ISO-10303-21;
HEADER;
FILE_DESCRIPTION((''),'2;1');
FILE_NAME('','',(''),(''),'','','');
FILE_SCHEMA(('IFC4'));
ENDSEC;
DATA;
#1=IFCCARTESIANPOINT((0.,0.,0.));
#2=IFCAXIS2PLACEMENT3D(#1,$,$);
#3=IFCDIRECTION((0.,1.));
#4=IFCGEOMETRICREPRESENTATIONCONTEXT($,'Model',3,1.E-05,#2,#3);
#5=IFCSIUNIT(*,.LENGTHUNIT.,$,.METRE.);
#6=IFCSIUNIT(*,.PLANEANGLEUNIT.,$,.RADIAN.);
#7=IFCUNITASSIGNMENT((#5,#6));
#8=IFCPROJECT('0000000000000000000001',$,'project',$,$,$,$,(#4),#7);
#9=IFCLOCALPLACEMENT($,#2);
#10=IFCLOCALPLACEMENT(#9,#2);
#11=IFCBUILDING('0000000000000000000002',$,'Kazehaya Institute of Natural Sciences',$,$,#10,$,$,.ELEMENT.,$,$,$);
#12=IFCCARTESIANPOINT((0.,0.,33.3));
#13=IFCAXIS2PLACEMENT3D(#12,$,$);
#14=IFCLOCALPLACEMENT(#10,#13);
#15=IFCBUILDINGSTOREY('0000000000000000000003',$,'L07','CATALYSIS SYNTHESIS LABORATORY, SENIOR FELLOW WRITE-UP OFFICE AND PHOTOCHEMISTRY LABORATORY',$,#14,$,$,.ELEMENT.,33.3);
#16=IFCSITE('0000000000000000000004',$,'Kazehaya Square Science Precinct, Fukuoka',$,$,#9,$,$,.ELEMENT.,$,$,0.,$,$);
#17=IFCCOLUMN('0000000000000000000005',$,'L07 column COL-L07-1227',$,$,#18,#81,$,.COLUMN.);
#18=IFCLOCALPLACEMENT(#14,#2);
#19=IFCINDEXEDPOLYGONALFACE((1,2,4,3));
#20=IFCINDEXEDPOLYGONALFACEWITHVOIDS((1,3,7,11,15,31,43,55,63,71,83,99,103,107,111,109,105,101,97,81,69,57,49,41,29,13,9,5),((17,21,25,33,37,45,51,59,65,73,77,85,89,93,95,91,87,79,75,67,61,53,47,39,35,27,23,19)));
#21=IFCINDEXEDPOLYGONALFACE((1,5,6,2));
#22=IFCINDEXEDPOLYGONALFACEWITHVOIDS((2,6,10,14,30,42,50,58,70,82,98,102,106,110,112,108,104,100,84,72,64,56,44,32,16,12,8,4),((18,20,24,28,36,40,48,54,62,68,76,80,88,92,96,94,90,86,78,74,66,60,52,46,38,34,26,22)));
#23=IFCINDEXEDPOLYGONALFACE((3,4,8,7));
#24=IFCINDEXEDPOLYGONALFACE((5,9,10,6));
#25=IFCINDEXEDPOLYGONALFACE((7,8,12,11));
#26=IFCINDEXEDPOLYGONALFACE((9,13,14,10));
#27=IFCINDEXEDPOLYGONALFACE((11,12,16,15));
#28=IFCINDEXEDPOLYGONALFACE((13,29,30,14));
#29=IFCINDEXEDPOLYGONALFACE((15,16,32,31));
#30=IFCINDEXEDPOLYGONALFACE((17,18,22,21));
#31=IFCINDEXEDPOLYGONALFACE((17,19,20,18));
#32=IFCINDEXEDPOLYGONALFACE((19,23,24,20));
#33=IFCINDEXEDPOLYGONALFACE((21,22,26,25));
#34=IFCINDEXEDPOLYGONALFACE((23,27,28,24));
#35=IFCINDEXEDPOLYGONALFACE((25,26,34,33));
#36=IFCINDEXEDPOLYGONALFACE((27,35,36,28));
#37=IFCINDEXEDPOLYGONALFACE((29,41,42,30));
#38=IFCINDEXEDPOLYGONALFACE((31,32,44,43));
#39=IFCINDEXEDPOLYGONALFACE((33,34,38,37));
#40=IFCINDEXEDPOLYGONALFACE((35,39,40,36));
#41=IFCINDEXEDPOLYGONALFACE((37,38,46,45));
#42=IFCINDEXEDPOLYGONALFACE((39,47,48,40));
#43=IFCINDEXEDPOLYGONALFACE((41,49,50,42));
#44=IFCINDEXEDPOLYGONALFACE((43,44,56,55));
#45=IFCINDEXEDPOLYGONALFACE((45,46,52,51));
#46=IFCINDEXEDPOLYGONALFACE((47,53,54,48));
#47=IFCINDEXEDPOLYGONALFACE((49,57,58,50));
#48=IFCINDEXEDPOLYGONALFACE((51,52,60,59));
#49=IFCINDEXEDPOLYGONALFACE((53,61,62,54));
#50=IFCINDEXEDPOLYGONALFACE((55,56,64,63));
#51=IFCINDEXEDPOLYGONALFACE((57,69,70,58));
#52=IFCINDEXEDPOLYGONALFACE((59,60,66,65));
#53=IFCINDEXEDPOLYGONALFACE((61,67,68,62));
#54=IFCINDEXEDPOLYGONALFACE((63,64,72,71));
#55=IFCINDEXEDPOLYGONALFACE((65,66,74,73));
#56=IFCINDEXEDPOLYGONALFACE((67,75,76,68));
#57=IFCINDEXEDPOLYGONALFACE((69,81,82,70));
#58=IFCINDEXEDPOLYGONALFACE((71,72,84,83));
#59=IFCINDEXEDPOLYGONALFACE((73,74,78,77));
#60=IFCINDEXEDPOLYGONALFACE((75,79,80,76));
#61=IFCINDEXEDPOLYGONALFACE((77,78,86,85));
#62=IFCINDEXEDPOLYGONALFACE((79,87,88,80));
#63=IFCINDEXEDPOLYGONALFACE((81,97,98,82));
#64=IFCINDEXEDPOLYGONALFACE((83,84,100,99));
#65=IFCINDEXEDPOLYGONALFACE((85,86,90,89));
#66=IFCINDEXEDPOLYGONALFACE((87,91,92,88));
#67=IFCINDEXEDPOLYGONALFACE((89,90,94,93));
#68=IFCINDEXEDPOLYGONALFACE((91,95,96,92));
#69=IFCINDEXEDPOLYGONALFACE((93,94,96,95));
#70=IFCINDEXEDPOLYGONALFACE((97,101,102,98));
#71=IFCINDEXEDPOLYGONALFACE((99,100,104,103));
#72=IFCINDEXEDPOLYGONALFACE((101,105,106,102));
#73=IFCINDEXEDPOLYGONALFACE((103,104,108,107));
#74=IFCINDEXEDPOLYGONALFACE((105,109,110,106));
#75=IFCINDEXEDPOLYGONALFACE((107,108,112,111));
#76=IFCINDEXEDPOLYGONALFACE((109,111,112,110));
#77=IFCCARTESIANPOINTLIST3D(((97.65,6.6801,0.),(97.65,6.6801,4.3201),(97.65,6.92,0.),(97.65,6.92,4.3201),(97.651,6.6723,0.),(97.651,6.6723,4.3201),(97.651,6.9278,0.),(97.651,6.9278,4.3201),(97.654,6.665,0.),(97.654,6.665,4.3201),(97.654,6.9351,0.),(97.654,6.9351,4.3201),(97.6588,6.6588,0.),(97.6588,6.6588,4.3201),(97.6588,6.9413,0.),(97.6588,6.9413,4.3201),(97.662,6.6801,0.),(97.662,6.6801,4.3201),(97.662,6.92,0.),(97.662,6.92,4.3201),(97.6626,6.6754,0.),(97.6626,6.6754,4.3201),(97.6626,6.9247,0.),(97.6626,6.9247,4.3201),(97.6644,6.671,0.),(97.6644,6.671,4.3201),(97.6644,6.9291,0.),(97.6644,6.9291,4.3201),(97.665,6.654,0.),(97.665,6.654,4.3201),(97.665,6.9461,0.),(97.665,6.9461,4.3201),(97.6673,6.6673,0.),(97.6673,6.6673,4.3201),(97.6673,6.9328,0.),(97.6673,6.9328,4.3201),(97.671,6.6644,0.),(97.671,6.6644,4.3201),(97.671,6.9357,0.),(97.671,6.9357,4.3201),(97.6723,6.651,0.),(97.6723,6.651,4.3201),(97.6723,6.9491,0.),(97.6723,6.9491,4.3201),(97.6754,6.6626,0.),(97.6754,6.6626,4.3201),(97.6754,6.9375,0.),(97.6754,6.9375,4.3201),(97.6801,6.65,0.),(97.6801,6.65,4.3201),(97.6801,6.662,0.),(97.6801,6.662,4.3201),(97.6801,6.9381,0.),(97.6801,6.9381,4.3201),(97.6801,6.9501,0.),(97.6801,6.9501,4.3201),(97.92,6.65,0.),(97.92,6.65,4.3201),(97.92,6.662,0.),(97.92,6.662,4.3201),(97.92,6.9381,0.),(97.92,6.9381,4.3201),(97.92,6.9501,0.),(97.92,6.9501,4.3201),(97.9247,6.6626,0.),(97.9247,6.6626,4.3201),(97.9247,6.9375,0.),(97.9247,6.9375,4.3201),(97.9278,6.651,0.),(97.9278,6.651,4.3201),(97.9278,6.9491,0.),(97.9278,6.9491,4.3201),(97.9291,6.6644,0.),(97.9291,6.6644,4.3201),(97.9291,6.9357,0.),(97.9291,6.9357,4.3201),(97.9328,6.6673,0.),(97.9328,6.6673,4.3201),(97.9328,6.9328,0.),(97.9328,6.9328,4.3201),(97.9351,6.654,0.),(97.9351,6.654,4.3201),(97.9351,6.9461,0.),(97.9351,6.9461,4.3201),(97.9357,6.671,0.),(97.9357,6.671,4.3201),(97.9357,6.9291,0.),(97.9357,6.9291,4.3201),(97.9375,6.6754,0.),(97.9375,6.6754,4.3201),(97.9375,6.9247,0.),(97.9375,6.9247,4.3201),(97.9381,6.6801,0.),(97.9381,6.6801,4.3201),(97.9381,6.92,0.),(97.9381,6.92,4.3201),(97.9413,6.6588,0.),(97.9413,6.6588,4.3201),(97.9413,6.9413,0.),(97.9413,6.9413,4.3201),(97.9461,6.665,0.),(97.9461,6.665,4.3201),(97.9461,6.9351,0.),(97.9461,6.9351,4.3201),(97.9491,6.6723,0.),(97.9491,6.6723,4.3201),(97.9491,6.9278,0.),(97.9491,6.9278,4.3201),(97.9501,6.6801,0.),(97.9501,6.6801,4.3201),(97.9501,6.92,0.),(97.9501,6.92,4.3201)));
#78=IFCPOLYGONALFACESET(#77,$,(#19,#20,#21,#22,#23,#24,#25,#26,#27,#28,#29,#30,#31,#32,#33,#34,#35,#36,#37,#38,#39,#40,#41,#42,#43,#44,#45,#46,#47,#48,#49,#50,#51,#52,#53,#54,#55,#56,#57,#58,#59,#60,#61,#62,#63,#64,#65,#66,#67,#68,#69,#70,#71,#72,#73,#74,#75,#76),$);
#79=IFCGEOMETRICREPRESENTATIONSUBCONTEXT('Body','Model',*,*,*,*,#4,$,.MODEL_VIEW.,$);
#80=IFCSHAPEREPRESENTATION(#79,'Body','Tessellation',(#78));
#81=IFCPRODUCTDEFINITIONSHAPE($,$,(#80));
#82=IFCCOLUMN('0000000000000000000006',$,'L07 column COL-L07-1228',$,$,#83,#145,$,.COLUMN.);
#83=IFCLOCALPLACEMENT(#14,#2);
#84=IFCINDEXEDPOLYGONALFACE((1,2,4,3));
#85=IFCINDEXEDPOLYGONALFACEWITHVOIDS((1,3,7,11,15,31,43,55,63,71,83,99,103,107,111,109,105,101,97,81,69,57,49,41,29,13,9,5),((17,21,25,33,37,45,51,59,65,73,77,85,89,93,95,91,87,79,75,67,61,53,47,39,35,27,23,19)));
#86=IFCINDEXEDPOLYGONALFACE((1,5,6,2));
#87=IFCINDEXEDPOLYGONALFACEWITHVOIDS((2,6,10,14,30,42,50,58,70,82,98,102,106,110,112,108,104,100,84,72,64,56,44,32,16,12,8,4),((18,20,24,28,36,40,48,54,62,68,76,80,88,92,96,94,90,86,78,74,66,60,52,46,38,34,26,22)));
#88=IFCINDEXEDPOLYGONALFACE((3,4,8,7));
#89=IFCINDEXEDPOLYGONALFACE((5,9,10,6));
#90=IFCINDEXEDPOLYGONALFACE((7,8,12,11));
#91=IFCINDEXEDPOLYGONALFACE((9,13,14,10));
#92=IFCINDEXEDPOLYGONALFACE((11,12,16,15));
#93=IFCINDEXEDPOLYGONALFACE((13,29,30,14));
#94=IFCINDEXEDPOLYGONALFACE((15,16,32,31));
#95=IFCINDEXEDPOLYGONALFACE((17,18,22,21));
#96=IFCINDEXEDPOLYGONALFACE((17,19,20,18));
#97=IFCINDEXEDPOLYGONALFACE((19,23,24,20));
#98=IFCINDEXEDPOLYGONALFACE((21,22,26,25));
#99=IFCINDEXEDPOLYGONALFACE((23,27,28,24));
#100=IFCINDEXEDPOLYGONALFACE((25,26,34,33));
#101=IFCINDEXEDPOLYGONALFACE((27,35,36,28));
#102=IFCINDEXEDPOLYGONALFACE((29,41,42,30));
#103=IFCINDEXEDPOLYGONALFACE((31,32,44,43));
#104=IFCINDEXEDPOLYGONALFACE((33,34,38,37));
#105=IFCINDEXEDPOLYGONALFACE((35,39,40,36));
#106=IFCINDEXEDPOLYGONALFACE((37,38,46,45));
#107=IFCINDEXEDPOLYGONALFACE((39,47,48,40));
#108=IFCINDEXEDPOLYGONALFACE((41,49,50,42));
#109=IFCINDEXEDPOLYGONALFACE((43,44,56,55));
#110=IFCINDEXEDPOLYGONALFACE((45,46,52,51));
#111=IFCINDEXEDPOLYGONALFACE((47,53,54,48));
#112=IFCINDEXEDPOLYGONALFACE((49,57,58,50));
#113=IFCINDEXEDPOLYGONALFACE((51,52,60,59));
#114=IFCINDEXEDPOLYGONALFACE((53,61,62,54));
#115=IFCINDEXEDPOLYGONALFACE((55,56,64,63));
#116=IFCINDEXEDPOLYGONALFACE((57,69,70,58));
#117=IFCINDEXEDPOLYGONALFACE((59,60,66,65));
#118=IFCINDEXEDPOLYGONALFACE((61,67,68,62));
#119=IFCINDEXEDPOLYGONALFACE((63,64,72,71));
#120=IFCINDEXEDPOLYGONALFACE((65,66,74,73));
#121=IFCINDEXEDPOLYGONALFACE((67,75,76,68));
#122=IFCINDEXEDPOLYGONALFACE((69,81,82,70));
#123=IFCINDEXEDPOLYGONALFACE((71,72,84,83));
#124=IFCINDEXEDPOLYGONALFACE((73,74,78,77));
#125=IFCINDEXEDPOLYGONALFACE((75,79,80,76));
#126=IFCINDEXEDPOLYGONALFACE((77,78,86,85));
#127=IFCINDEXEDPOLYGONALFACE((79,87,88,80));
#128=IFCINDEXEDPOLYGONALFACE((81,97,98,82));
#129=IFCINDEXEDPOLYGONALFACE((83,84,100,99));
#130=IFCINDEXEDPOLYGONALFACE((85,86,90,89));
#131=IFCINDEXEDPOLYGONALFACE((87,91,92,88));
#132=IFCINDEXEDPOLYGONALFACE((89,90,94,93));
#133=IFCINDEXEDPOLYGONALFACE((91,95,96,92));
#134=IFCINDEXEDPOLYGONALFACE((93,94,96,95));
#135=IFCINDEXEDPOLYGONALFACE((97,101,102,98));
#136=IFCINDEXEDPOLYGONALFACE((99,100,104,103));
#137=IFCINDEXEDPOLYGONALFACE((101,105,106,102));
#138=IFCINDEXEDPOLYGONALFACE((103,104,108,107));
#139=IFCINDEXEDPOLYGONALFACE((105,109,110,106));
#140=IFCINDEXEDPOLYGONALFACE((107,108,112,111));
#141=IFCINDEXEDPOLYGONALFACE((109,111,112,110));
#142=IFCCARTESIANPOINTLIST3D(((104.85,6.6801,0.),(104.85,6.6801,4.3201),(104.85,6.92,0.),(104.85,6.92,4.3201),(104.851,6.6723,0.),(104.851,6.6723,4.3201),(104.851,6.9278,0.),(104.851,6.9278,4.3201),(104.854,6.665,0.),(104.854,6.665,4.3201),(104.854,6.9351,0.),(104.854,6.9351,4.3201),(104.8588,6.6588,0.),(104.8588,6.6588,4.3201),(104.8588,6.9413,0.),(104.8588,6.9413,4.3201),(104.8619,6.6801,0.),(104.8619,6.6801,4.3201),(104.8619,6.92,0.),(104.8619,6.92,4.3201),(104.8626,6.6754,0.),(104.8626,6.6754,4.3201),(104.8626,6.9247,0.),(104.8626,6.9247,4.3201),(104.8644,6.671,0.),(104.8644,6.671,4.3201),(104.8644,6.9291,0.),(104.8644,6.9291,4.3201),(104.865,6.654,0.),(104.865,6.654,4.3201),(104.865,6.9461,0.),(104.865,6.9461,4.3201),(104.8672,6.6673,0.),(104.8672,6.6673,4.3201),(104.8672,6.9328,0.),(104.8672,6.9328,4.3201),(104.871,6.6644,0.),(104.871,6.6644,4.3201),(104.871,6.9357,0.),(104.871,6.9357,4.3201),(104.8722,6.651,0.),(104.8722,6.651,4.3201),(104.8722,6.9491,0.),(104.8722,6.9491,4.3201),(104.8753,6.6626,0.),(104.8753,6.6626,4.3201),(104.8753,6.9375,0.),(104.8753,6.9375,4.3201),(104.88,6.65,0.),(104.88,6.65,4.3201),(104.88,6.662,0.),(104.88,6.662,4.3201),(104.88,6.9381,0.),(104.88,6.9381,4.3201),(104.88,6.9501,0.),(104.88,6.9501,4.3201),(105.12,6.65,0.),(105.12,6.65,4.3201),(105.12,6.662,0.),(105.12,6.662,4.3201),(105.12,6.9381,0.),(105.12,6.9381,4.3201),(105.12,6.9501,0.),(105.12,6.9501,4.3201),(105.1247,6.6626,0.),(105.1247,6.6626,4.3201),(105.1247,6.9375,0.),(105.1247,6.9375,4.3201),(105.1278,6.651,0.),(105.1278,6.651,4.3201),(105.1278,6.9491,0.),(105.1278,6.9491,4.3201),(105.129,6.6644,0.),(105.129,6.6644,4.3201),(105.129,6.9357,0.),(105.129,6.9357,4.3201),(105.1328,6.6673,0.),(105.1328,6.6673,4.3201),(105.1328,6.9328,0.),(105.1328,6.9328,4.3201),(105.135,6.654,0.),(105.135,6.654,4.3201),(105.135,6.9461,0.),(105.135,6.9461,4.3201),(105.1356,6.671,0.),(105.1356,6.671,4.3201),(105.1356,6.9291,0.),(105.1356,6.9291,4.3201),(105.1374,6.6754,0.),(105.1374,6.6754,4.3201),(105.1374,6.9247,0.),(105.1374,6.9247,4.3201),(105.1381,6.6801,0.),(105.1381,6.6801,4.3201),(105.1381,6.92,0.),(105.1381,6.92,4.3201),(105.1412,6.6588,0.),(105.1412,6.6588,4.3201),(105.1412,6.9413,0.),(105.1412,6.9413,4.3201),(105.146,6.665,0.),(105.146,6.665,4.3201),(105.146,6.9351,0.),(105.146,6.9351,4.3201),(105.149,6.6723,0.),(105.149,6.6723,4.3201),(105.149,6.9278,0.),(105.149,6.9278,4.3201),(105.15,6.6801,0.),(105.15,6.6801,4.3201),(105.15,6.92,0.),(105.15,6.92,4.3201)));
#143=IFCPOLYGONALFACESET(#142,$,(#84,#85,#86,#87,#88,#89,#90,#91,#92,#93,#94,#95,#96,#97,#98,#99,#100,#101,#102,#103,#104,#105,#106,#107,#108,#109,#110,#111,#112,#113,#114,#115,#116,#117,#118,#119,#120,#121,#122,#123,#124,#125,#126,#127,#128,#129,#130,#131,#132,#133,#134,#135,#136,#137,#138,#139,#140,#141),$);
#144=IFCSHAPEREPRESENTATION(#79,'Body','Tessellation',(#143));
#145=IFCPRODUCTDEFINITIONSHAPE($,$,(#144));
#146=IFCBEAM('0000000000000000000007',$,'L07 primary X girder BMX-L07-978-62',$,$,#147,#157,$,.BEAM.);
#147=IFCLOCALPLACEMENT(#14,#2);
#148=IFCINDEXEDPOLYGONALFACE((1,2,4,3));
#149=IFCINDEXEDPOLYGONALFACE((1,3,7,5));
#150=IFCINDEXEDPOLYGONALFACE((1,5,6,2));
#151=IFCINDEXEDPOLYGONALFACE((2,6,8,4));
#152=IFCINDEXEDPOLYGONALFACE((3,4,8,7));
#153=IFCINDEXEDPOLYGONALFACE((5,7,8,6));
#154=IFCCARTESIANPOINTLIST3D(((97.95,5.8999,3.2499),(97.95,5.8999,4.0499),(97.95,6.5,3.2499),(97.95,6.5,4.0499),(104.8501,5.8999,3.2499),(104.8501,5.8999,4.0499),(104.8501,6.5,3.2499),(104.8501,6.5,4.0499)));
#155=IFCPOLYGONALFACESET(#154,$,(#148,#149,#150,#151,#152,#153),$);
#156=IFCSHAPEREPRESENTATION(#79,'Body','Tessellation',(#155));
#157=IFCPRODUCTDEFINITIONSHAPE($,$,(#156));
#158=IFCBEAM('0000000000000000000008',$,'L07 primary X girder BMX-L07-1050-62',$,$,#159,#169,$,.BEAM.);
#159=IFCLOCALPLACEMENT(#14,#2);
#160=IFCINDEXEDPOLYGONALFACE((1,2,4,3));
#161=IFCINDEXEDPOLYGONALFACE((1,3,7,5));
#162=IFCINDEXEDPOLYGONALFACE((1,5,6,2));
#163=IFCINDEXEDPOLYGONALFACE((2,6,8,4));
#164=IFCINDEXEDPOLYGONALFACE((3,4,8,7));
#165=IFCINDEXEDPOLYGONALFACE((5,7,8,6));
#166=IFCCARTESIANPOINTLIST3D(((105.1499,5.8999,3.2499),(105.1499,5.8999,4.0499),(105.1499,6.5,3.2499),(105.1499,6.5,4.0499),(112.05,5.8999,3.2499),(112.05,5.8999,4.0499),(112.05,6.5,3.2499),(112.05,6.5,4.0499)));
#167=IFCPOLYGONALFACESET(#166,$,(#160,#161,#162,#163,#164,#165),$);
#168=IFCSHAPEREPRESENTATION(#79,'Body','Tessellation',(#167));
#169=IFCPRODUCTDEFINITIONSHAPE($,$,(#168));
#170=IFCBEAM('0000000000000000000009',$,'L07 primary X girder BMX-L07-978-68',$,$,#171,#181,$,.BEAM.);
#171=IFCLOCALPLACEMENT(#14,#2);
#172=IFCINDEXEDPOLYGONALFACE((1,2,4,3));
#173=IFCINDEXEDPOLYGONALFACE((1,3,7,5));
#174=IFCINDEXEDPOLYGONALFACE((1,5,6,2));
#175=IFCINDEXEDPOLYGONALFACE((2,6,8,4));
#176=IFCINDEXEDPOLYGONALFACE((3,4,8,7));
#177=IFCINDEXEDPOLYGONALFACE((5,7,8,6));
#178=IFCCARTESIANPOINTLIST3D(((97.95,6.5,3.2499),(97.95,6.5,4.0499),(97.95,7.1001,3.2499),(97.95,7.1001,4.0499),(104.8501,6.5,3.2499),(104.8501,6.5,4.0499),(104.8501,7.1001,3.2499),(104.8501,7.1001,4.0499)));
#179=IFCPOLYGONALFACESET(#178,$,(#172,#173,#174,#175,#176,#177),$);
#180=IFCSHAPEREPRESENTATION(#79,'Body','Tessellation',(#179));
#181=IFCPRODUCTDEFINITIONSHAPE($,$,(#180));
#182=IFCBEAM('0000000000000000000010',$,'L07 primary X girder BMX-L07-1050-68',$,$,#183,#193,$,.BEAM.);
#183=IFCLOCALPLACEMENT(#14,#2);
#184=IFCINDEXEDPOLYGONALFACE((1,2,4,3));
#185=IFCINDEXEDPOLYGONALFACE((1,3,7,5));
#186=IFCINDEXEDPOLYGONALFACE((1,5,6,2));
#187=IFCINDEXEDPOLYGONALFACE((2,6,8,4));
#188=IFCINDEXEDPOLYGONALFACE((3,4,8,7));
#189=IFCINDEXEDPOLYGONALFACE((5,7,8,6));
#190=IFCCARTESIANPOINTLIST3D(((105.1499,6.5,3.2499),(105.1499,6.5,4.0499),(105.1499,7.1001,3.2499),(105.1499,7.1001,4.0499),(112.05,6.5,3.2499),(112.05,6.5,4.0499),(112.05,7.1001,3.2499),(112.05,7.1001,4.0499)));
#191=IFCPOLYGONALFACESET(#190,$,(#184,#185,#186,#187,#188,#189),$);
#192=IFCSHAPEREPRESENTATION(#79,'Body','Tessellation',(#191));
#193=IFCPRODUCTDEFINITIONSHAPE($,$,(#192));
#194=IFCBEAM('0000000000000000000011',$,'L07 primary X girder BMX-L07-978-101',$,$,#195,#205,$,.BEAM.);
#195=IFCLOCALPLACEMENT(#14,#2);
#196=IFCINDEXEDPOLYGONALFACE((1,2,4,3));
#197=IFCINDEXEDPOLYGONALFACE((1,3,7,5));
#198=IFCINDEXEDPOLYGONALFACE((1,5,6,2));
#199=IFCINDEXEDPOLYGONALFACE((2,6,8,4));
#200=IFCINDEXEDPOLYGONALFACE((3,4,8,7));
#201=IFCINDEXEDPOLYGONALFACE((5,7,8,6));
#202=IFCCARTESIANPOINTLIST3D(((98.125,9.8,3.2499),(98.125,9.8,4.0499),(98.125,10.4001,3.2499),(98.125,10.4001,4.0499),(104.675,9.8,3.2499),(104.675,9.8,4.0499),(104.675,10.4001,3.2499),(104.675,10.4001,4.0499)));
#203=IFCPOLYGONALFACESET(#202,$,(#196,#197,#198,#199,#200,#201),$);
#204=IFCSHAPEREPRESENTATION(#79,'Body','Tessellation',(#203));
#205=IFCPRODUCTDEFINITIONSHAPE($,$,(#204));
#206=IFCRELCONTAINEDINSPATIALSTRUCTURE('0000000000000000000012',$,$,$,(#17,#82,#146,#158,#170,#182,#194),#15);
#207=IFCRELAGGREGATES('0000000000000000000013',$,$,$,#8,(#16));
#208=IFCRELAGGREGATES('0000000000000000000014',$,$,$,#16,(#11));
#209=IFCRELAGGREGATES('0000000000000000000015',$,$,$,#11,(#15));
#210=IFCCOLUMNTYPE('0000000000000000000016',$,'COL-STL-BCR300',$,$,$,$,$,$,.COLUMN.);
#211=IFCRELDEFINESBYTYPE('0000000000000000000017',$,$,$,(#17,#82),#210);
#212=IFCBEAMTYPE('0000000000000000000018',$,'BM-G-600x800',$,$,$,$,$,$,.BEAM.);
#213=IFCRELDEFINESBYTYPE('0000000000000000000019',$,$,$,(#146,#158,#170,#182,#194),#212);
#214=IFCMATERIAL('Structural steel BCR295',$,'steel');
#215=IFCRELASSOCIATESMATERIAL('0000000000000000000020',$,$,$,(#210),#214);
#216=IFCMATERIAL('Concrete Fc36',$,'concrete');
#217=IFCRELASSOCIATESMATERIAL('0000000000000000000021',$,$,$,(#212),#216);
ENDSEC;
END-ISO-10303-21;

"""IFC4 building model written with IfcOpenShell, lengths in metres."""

from ifc_helpers import new_model, si_unit, direction, frame, origin, origin_2d, place, context, subcontext, project, spatial, rectangle, hollow_rectangle, extrude, material, material_profile, profile_set, type_object, element, save


model = new_model("IFC4")

# Units and contexts
model_context = context("Model", 3, precision=1e-05, world=origin(), true_north=direction((0.0, 1.0)))
body_context = subcontext(model_context, "Body", "Model", "MODEL_VIEW")
ifc_project = project(units=[si_unit("LENGTHUNIT", "METRE"), si_unit("PLANEANGLEUNIT", "RADIAN")], contexts=[model_context])

# Site, building, storey
site_placement = place(None, origin())
site = spatial("IfcSite", under=ifc_project, at=site_placement, Name="Kazehaya Square Science Precinct, Fukuoka", CompositionType="ELEMENT", RefElevation=0.0)
building_placement = place(site_placement, origin())
building = spatial("IfcBuilding", under=site, at=building_placement, Name="Kazehaya Institute of Natural Sciences", CompositionType="ELEMENT")
storey_placement = place(building_placement, frame((0.0, 0.0, 33.3)))
storey = spatial("IfcBuildingStorey", under=building, at=storey_placement, Name="L07", Description="CATALYSIS SYNTHESIS LABORATORY, SENIOR FELLOW WRITE-UP OFFICE AND PHOTOCHEMISTRY LABORATORY", CompositionType="ELEMENT", Elevation=33.3)

# Columns
ifc_material_1 = material(Name="Concrete Fc36", Category="concrete")
ifc_material_2 = material(Name="Structural steel BCR295", Category="steel")
ifc_material_profile_1 = material_profile(ifc_material_2, hollow_rectangle(XDim=0.3, YDim=0.3, WallThickness=0.012, InnerFilletRadius=0.0181, OuterFilletRadius=0.03, at=origin_2d()), Name="BCR-300x300x12")
ifc_profile_set_1 = profile_set([ifc_material_profile_1], Name="Structural steel BCR295")
column_type_1 = type_object("IfcColumnType", Name="COL-STL-BCR300", PredefinedType="COLUMN", material=ifc_profile_set_1)
for number, where, z_axis, x_axis, name in (
    (1, (97.8, 6.8, 0.0), (0.0, 0.0, 1.0), (1.0, 0.0, 0.0), "L07 column COL-L07-1227"),
    (2, (105.0, 6.8, 0.0), (0.0, 0.0, 1.0), (1.0, 0.0, 0.0), "L07 column COL-L07-1228"),
):
    element("IfcColumn", number, at=place(storey_placement, frame(where, z_axis=z_axis, x_axis=x_axis)), inside=storey, type_object=column_type_1, Name=name, PredefinedType="COLUMN", context=body_context, shape_type="SweptSolid", body=[
        extrude(hollow_rectangle(XDim=0.3, YDim=0.3, WallThickness=0.012, InnerFilletRadius=0.0181, OuterFilletRadius=0.03, at=origin_2d()), origin(), (0.0, 0.0, 1.0), 4.3201),
    ])

# Beams
ifc_material_profile_2 = material_profile(ifc_material_1, rectangle(XDim=0.6001, YDim=0.8, at=origin_2d()), Name="RC-600x800")
ifc_profile_set_2 = profile_set([ifc_material_profile_2], Name="Concrete Fc36")
beam_type = type_object("IfcBeamType", Name="BM-G-600x800", PredefinedType="BEAM", material=ifc_profile_set_2)
for number, where, z_axis, x_axis, name in (
    (3, (97.95, 6.2, 3.6499), (1.0, 0.0, 0.0), (0.0, 1.0, 0.0), "L07 primary X girder BMX-L07-978-62"),
    (4, (105.1499, 6.2, 3.6499), (1.0, 0.0, 0.0), (0.0, 1.0, 0.0), "L07 primary X girder BMX-L07-1050-62"),
    (5, (97.95, 6.8, 3.6499), (1.0, 0.0, 0.0), (0.0, 1.0, 0.0), "L07 primary X girder BMX-L07-978-68"),
    (6, (105.1499, 6.8, 3.6499), (1.0, 0.0, 0.0), (0.0, 1.0, 0.0), "L07 primary X girder BMX-L07-1050-68"),
):
    element("IfcBeam", number, at=place(storey_placement, frame(where, z_axis=z_axis, x_axis=x_axis)), inside=storey, type_object=beam_type, Name=name, PredefinedType="BEAM", context=body_context, shape_type="SweptSolid", body=[
        extrude(rectangle(XDim=0.6001, YDim=0.8, at=origin_2d()), origin(), (0.0, 0.0, 1.0), 6.9001),
    ])
for number, where, z_axis, x_axis, name in (
    (7, (98.125, 10.1001, 3.6499), (1.0, 0.0, 0.0), (0.0, 1.0, 0.0), "L07 primary X girder BMX-L07-978-101"),
):
    element("IfcBeam", number, at=place(storey_placement, frame(where, z_axis=z_axis, x_axis=x_axis)), inside=storey, type_object=beam_type, Name=name, PredefinedType="BEAM", context=body_context, shape_type="SweptSolid", body=[
        extrude(rectangle(XDim=0.6001, YDim=0.8, at=origin_2d()), origin(), (0.0, 0.0, 1.0), 6.55),
    ])

save(model, "model.ifc")
